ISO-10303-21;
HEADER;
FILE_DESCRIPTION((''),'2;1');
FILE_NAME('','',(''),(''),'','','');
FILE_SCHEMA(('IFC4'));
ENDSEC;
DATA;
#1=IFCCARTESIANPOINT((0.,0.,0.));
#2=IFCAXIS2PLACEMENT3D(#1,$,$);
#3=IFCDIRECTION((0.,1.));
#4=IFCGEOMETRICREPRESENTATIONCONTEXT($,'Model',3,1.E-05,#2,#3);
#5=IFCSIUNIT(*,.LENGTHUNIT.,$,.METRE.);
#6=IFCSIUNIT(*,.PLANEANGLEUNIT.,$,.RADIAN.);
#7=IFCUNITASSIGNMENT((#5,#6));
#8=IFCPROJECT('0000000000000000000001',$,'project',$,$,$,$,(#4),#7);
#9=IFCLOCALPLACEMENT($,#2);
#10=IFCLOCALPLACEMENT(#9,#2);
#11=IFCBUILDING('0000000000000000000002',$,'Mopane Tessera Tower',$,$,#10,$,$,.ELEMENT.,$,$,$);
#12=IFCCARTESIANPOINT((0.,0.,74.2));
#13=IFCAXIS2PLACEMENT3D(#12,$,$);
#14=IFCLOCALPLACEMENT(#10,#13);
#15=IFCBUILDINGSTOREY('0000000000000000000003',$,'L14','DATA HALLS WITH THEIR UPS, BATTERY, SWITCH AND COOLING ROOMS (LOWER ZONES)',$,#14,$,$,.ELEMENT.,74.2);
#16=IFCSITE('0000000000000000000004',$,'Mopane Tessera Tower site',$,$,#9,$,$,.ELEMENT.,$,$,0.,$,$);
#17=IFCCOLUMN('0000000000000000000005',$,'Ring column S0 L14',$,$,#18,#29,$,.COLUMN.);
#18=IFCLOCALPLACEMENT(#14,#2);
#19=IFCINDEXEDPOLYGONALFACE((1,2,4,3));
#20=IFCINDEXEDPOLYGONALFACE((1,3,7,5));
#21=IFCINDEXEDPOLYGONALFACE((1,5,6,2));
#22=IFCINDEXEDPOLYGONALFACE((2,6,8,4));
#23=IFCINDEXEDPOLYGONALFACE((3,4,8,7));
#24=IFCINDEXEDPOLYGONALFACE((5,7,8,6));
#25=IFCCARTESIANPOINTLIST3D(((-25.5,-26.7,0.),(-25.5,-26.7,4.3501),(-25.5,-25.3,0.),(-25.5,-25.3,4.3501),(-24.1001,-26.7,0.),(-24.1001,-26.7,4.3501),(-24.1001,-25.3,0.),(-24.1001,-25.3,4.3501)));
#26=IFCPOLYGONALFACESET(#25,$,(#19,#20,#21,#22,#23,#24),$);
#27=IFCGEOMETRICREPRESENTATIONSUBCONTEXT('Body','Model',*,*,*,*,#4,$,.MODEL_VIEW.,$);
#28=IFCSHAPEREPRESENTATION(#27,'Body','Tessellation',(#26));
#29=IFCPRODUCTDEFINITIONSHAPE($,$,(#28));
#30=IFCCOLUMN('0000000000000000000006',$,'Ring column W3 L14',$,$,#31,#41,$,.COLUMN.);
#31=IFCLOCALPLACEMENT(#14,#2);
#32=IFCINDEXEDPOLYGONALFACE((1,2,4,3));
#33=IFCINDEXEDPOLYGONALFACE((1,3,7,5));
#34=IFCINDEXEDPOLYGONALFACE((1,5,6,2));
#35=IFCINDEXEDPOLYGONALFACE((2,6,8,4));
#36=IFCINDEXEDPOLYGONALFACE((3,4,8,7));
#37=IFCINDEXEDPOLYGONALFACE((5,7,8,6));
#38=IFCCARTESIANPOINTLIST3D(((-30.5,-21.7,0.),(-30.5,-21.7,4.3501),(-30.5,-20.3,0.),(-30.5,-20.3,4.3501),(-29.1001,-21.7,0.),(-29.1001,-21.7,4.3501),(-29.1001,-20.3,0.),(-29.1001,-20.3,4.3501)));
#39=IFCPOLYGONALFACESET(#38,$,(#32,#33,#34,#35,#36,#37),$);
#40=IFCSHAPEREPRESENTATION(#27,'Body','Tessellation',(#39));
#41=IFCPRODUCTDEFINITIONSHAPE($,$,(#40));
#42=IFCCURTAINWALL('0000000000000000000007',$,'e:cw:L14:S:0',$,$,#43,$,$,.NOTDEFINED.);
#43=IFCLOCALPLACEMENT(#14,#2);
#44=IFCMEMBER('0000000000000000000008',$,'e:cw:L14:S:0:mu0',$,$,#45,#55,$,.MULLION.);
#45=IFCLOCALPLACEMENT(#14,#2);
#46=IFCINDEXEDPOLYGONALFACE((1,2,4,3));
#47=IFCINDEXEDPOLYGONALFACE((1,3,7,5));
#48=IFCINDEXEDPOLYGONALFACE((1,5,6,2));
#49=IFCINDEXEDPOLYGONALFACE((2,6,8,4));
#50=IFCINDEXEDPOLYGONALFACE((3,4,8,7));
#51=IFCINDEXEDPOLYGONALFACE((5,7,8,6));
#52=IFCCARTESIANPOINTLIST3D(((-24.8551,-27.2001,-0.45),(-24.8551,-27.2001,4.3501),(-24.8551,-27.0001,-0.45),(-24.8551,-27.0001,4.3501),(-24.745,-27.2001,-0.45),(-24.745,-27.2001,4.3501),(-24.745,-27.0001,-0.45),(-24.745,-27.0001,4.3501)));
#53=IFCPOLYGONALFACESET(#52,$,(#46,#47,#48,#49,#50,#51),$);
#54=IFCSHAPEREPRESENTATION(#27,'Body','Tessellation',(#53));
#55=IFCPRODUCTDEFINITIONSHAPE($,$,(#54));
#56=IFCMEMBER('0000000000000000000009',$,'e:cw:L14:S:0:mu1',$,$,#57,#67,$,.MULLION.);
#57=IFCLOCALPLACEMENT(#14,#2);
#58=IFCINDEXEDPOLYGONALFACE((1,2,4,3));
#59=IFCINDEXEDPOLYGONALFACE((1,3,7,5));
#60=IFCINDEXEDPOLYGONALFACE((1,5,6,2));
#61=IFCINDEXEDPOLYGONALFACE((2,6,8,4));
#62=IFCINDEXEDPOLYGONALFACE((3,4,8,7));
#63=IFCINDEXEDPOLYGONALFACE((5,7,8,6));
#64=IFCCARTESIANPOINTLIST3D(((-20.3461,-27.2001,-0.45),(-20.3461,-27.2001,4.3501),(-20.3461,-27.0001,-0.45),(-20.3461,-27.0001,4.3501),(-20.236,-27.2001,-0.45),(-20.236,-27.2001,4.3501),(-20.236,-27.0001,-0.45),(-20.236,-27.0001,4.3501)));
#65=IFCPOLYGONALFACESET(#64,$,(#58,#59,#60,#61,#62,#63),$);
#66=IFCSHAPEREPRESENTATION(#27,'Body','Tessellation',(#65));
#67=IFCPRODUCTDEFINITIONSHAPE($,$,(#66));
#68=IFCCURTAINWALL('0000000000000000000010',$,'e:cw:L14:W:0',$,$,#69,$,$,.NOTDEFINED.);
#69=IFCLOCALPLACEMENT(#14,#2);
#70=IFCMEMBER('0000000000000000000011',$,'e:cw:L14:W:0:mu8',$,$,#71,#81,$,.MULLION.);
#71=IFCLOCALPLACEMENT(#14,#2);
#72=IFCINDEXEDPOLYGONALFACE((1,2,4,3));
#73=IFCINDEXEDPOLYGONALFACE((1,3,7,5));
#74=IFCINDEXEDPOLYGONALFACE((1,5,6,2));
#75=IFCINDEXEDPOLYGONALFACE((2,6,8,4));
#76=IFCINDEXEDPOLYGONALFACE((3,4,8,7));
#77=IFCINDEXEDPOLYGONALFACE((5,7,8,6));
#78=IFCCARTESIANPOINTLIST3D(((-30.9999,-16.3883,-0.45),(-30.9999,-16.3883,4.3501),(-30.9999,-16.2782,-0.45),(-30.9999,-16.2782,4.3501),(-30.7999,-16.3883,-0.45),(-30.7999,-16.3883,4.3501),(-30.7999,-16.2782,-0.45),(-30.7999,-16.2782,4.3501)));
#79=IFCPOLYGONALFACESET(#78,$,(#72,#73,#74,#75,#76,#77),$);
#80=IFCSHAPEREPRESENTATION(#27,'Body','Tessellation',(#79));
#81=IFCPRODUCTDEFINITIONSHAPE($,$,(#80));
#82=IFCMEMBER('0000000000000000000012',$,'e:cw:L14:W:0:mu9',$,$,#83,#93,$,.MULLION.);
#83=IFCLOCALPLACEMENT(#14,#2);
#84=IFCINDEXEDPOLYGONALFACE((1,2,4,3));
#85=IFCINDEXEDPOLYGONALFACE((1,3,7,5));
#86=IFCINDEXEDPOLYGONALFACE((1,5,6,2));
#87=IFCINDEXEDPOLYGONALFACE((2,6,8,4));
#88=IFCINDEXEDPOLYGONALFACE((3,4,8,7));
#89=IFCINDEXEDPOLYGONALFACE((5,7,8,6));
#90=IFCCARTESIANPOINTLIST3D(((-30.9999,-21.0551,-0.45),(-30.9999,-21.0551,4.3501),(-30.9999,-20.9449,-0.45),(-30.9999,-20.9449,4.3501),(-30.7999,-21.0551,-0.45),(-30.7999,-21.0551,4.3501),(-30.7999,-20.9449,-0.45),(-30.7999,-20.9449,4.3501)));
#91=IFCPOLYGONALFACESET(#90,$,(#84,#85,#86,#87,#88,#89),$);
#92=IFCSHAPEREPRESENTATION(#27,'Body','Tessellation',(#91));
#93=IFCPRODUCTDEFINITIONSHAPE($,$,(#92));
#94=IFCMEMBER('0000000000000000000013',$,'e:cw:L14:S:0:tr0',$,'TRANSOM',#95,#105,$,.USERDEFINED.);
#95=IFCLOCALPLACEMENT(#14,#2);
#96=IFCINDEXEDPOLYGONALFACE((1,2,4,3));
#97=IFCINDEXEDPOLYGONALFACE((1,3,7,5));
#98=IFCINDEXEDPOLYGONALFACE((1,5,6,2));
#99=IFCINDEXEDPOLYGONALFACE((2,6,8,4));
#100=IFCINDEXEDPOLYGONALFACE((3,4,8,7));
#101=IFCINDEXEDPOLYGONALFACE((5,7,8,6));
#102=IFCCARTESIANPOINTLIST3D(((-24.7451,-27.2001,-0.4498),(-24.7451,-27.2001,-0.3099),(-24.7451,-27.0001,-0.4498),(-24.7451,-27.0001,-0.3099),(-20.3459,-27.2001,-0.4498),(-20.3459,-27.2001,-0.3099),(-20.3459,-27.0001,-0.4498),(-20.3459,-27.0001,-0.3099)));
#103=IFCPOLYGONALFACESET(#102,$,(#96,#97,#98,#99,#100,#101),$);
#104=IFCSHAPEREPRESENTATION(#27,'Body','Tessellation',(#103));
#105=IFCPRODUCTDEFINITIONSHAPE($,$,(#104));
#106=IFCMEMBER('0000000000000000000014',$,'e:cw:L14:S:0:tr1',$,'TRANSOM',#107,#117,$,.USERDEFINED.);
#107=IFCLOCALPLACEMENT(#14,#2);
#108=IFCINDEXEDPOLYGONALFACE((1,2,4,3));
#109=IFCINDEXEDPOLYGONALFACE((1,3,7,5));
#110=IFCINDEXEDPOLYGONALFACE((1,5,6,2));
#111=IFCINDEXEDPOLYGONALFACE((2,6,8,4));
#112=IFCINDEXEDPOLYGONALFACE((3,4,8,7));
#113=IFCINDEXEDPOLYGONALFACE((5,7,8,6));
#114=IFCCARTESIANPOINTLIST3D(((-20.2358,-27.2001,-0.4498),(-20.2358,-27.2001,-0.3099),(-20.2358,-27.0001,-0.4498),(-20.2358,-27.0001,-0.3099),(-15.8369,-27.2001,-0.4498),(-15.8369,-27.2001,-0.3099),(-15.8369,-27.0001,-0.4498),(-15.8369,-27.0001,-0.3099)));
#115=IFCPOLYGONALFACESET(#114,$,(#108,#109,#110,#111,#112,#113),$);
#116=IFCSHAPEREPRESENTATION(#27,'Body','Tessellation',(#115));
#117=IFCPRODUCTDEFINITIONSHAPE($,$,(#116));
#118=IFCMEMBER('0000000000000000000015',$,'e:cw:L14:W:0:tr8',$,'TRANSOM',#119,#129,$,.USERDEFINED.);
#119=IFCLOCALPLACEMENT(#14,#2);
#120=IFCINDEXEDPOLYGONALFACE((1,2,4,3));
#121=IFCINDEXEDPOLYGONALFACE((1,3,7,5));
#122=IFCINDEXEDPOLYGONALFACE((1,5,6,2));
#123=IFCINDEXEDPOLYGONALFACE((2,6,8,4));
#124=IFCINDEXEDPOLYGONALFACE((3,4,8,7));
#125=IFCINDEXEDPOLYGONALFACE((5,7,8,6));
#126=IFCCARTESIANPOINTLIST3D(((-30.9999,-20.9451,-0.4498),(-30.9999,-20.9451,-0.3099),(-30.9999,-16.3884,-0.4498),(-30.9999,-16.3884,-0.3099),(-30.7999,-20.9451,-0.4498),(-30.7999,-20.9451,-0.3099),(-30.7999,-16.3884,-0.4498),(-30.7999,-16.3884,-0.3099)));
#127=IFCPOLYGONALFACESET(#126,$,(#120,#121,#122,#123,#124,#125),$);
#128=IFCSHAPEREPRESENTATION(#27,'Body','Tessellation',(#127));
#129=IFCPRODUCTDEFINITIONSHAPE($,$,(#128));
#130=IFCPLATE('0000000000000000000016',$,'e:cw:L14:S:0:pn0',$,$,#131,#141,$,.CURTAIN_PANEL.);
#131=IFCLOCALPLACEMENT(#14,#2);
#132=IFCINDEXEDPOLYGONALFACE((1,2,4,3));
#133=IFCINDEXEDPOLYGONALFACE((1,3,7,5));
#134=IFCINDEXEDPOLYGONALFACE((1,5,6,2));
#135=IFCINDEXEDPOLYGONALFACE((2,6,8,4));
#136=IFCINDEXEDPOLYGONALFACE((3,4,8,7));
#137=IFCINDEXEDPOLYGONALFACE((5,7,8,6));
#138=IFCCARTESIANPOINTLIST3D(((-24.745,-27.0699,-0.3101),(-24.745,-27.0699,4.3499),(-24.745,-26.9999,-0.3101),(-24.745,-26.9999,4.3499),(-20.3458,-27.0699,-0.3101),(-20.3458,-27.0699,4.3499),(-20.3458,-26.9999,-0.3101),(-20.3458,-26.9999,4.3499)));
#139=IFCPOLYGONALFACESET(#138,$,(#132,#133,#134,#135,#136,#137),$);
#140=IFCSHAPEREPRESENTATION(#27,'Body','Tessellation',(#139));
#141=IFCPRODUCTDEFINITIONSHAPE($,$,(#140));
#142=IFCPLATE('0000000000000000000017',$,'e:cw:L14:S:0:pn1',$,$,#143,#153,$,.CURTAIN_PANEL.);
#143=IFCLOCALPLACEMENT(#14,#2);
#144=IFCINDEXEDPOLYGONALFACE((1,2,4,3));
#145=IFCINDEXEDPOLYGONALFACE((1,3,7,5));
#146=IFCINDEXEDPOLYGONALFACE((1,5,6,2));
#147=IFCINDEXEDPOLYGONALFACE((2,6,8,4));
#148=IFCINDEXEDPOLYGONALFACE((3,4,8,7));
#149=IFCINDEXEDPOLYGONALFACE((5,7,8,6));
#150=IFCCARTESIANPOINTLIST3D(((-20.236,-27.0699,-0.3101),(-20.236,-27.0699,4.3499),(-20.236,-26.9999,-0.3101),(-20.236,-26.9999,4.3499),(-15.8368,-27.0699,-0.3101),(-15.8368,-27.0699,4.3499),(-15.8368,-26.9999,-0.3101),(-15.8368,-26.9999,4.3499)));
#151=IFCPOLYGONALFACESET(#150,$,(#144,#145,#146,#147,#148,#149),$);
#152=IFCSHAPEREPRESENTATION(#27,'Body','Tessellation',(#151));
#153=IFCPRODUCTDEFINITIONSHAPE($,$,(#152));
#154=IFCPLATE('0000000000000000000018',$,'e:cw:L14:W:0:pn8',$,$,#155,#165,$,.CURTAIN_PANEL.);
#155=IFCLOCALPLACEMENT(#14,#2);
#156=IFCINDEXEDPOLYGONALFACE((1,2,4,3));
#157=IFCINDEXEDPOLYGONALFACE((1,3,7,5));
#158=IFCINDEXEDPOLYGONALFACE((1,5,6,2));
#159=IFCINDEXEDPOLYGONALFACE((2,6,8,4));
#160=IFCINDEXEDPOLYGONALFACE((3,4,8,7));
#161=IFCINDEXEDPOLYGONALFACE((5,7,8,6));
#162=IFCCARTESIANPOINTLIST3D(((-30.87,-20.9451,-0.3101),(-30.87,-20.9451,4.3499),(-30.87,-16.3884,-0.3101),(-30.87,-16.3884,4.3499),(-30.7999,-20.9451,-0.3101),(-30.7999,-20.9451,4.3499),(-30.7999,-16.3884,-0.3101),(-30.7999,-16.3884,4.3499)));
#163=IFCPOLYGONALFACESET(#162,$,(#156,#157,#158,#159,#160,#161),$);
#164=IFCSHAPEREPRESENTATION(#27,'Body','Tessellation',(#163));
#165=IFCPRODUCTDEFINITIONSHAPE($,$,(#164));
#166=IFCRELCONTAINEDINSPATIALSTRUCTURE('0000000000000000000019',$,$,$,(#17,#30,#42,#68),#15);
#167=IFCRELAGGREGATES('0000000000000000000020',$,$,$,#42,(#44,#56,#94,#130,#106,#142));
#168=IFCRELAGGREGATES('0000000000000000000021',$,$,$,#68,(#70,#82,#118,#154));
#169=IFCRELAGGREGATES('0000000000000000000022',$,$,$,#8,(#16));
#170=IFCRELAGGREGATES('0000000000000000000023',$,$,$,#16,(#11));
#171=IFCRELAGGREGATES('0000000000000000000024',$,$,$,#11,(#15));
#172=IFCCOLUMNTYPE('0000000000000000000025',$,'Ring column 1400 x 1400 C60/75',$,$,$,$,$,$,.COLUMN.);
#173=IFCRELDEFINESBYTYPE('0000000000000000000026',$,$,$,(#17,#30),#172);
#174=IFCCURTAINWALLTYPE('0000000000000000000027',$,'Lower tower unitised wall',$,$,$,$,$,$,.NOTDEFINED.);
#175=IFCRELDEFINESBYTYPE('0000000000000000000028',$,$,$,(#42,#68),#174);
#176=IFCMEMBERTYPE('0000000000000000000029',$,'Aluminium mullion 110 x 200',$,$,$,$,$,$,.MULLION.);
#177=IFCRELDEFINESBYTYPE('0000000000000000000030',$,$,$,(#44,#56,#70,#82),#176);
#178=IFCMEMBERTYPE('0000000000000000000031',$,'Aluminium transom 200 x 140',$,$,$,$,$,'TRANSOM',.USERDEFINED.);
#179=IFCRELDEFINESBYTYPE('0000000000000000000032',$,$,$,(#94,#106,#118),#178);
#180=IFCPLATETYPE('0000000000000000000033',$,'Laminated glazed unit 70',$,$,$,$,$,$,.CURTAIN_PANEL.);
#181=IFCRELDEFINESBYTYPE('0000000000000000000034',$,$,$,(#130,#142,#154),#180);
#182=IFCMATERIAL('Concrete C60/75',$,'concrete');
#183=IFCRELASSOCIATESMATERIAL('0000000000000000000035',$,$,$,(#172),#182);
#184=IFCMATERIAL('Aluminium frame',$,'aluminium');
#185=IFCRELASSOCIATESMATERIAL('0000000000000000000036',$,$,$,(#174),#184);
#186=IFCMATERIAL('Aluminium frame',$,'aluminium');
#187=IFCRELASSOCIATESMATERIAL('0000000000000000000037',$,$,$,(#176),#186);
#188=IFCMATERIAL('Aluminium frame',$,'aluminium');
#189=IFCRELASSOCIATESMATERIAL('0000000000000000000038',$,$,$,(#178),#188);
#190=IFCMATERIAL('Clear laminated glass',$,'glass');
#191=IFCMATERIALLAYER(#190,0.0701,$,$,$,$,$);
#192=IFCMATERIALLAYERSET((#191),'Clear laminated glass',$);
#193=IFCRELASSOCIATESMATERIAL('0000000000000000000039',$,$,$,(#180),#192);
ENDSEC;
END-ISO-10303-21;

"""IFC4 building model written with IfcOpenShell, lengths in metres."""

from ifc_helpers import new_model, si_unit, direction, frame, origin, origin_2d, place, context, subcontext, project, spatial, rectangle, extrude, material, layer, layer_set, material_profile, profile_set, type_object, element, aggregate, save


model = new_model("IFC4")

# Units and contexts
model_context = context("Model", 3, precision=1e-05, world=origin(), true_north=direction((0.0, 1.0)))
body_context = subcontext(model_context, "Body", "Model", "MODEL_VIEW")
ifc_project = project(units=[si_unit("LENGTHUNIT", "METRE"), si_unit("PLANEANGLEUNIT", "RADIAN")], contexts=[model_context])

# Site, building, storey
site_placement = place(None, origin())
site = spatial("IfcSite", under=ifc_project, at=site_placement, Name="Mopane Tessera Tower site", CompositionType="ELEMENT", RefElevation=0.0)
building_placement = place(site_placement, origin())
building = spatial("IfcBuilding", under=site, at=building_placement, Name="Mopane Tessera Tower", CompositionType="ELEMENT")
storey_placement = place(building_placement, frame((0.0, 0.0, 74.2)))
storey = spatial("IfcBuildingStorey", under=building, at=storey_placement, Name="L14", Description="DATA HALLS WITH THEIR UPS, BATTERY, SWITCH AND COOLING ROOMS (LOWER ZONES)", CompositionType="ELEMENT", Elevation=74.2)

# Columns
ifc_material_1 = material(Name="Concrete C60/75", Category="concrete")
ifc_material_profile_1 = material_profile(ifc_material_1, rectangle(XDim=1.3999, YDim=1.3999, at=origin_2d()))
ifc_profile_set_1 = profile_set([ifc_material_profile_1], Name="Concrete C60/75")
column_type = type_object("IfcColumnType", Name="Ring column 1400 x 1400 C60/75", PredefinedType="COLUMN", material=ifc_profile_set_1)
for number, where, z_axis, x_axis, name in (
    (1, (-24.8, -26.0, 0.0), (0.0, 0.0, 1.0), (1.0, 0.0, 0.0), "Ring column S0 L14"),
    (2, (-29.8, -21.0, 0.0), (0.0, 0.0, 1.0), (1.0, 0.0, 0.0), "Ring column W3 L14"),
):
    element("IfcColumn", number, at=place(storey_placement, frame(where, z_axis=z_axis, x_axis=x_axis)), inside=storey, type_object=column_type, Name=name, PredefinedType="COLUMN", context=body_context, shape_type="SweptSolid", body=[
        extrude(rectangle(XDim=1.3999, YDim=1.3999, at=origin_2d()), origin(), (0.0, 0.0, 1.0), 4.3501),
    ])

# Curtain walls, members
ifc_material_2 = material(Name="Aluminium frame", Category="aluminium")
curtain_wall_type = type_object("IfcCurtainWallType", Name="Lower tower unitised wall", PredefinedType="NOTDEFINED", material=ifc_material_2)
curtain_wall_1_placement = place(storey_placement, origin())
curtain_wall_1 = element("IfcCurtainWall", 3, at=curtain_wall_1_placement, inside=storey, type_object=curtain_wall_type, Name="e:cw:L14:S:0", PredefinedType="NOTDEFINED")
ifc_material_3 = material(Name="Aluminium frame", Category="aluminium")
ifc_material_profile_2 = material_profile(ifc_material_3, rectangle(XDim=0.1101, YDim=0.2, at=origin_2d()))
ifc_profile_set_2 = profile_set([ifc_material_profile_2], Name="Aluminium frame")
member_type_1 = type_object("IfcMemberType", Name="Aluminium mullion 110 x 200", PredefinedType="MULLION", material=ifc_profile_set_2)
member_1_placement = place(storey_placement, frame((-24.8, -27.1001, -0.45), z_axis=(0.0, 0.0, 1.0), x_axis=(1.0, 0.0, 0.0)))
member_1 = element("IfcMember", 4, at=member_1_placement, type_object=member_type_1, Name="e:cw:L14:S:0:mu0", PredefinedType="MULLION", context=body_context, shape_type="SweptSolid", body=[
    extrude(rectangle(XDim=0.1101, YDim=0.2, at=origin_2d()), origin(), (0.0, 0.0, 1.0), 4.8),
])
member_2_placement = place(storey_placement, frame((-20.291, -27.1001, -0.45), z_axis=(0.0, 0.0, 1.0), x_axis=(1.0, 0.0, 0.0)))
member_2 = element("IfcMember", 5, at=member_2_placement, type_object=member_type_1, Name="e:cw:L14:S:0:mu1", PredefinedType="MULLION", context=body_context, shape_type="SweptSolid", body=[
    extrude(rectangle(XDim=0.1101, YDim=0.2, at=origin_2d()), origin(), (0.0, 0.0, 1.0), 4.8),
])
curtain_wall_2_placement = place(storey_placement, origin())
curtain_wall_2 = element("IfcCurtainWall", 6, at=curtain_wall_2_placement, inside=storey, type_object=curtain_wall_type, Name="e:cw:L14:W:0", PredefinedType="NOTDEFINED")
member_3_placement = place(storey_placement, frame((-30.8999, -16.3333, -0.45), z_axis=(0.0, 0.0, 1.0), x_axis=(0.0, -1.0, 0.0)))
member_3 = element("IfcMember", 7, at=member_3_placement, type_object=member_type_1, Name="e:cw:L14:W:0:mu8", PredefinedType="MULLION", context=body_context, shape_type="SweptSolid", body=[
    extrude(rectangle(XDim=0.1101, YDim=0.2, at=origin_2d()), origin(), (0.0, 0.0, 1.0), 4.8),
])
member_4_placement = place(storey_placement, frame((-30.8999, -21.0, -0.45), z_axis=(0.0, 0.0, 1.0), x_axis=(0.0, -1.0, 0.0)))
member_4 = element("IfcMember", 8, at=member_4_placement, type_object=member_type_1, Name="e:cw:L14:W:0:mu9", PredefinedType="MULLION", context=body_context, shape_type="SweptSolid", body=[
    extrude(rectangle(XDim=0.1101, YDim=0.2, at=origin_2d()), origin(), (0.0, 0.0, 1.0), 4.8),
])

# Members
ifc_material_4 = material(Name="Aluminium frame", Category="aluminium")
ifc_material_profile_3 = material_profile(ifc_material_4, rectangle(XDim=0.2, YDim=0.1399, at=origin_2d()))
ifc_profile_set_3 = profile_set([ifc_material_profile_3], Name="Aluminium frame")
member_type_2 = type_object("IfcMemberType", Name="Aluminium transom 200 x 140", ElementType="TRANSOM", PredefinedType="USERDEFINED", material=ifc_profile_set_3)
member_5_placement = place(storey_placement, frame((-24.7451, -27.1001, -0.3799), z_axis=(1.0, 0.0, 0.0), x_axis=(0.0, 1.0, 0.0)))
member_5 = element("IfcMember", 9, at=member_5_placement, type_object=member_type_2, Name="e:cw:L14:S:0:tr0", ObjectType="TRANSOM", PredefinedType="USERDEFINED", context=body_context, shape_type="SweptSolid", body=[
    extrude(rectangle(XDim=0.2, YDim=0.1399, at=origin_2d()), origin(), (0.0, 0.0, 1.0), 4.3992),
])
member_6_placement = place(storey_placement, frame((-20.2358, -27.1001, -0.3799), z_axis=(1.0, 0.0, 0.0), x_axis=(0.0, 1.0, 0.0)))
member_6 = element("IfcMember", 10, at=member_6_placement, type_object=member_type_2, Name="e:cw:L14:S:0:tr1", ObjectType="TRANSOM", PredefinedType="USERDEFINED", context=body_context, shape_type="SweptSolid", body=[
    extrude(rectangle(XDim=0.2, YDim=0.1399, at=origin_2d()), origin(), (0.0, 0.0, 1.0), 4.3989),
])
member_7_placement = place(storey_placement, frame((-30.8999, -16.3884, -0.3799), z_axis=(0.0, -1.0, 0.0), x_axis=(1.0, 0.0, 0.0)))
member_7 = element("IfcMember", 11, at=member_7_placement, type_object=member_type_2, Name="e:cw:L14:W:0:tr8", ObjectType="TRANSOM", PredefinedType="USERDEFINED", context=body_context, shape_type="SweptSolid", body=[
    extrude(rectangle(XDim=0.2, YDim=0.1399, at=origin_2d()), origin(), (0.0, 0.0, 1.0), 4.5566),
])

# Plates
ifc_material_5 = material(Name="Clear laminated glass", Category="glass")
ifc_layer_1 = layer(ifc_material_5, 0.0701)
ifc_layer_set_1 = layer_set([ifc_layer_1], Name="Clear laminated glass")
plate_type = type_object("IfcPlateType", Name="Laminated glazed unit 70", PredefinedType="CURTAIN_PANEL", material=ifc_layer_set_1)
plate_1_placement = place(storey_placement, frame((-22.5454, -27.0349, -0.3101), z_axis=(0.0, 0.0, 1.0), x_axis=(1.0, 0.0, 0.0)))
plate_1 = element("IfcPlate", 12, at=plate_1_placement, type_object=plate_type, Name="e:cw:L14:S:0:pn0", PredefinedType="CURTAIN_PANEL", context=body_context, shape_type="SweptSolid", body=[
    extrude(rectangle(XDim=4.3992, YDim=0.0701, at=origin_2d()), origin(), (0.0, 0.0, 1.0), 4.6599),
])
plate_2_placement = place(storey_placement, frame((-18.0364, -27.0349, -0.3101), z_axis=(0.0, 0.0, 1.0), x_axis=(1.0, 0.0, 0.0)))
plate_2 = element("IfcPlate", 13, at=plate_2_placement, type_object=plate_type, Name="e:cw:L14:S:0:pn1", PredefinedType="CURTAIN_PANEL", context=body_context, shape_type="SweptSolid", body=[
    extrude(rectangle(XDim=4.3992, YDim=0.0701, at=origin_2d()), origin(), (0.0, 0.0, 1.0), 4.6599),
])
aggregate(curtain_wall_1, [member_1, member_2, member_5, plate_1, member_6, plate_2])
plate_3_placement = place(storey_placement, frame((-30.835, -18.6667, -0.3101), z_axis=(0.0, 0.0, 1.0), x_axis=(0.0, -1.0, 0.0)))
plate_3 = element("IfcPlate", 14, at=plate_3_placement, type_object=plate_type, Name="e:cw:L14:W:0:pn8", PredefinedType="CURTAIN_PANEL", context=body_context, shape_type="SweptSolid", body=[
    extrude(rectangle(XDim=4.5566, YDim=0.0701, at=origin_2d()), origin(), (0.0, 0.0, 1.0), 4.6599),
])
aggregate(curtain_wall_2, [member_3, member_4, member_7, plate_3])

save(model, "model.ifc")
